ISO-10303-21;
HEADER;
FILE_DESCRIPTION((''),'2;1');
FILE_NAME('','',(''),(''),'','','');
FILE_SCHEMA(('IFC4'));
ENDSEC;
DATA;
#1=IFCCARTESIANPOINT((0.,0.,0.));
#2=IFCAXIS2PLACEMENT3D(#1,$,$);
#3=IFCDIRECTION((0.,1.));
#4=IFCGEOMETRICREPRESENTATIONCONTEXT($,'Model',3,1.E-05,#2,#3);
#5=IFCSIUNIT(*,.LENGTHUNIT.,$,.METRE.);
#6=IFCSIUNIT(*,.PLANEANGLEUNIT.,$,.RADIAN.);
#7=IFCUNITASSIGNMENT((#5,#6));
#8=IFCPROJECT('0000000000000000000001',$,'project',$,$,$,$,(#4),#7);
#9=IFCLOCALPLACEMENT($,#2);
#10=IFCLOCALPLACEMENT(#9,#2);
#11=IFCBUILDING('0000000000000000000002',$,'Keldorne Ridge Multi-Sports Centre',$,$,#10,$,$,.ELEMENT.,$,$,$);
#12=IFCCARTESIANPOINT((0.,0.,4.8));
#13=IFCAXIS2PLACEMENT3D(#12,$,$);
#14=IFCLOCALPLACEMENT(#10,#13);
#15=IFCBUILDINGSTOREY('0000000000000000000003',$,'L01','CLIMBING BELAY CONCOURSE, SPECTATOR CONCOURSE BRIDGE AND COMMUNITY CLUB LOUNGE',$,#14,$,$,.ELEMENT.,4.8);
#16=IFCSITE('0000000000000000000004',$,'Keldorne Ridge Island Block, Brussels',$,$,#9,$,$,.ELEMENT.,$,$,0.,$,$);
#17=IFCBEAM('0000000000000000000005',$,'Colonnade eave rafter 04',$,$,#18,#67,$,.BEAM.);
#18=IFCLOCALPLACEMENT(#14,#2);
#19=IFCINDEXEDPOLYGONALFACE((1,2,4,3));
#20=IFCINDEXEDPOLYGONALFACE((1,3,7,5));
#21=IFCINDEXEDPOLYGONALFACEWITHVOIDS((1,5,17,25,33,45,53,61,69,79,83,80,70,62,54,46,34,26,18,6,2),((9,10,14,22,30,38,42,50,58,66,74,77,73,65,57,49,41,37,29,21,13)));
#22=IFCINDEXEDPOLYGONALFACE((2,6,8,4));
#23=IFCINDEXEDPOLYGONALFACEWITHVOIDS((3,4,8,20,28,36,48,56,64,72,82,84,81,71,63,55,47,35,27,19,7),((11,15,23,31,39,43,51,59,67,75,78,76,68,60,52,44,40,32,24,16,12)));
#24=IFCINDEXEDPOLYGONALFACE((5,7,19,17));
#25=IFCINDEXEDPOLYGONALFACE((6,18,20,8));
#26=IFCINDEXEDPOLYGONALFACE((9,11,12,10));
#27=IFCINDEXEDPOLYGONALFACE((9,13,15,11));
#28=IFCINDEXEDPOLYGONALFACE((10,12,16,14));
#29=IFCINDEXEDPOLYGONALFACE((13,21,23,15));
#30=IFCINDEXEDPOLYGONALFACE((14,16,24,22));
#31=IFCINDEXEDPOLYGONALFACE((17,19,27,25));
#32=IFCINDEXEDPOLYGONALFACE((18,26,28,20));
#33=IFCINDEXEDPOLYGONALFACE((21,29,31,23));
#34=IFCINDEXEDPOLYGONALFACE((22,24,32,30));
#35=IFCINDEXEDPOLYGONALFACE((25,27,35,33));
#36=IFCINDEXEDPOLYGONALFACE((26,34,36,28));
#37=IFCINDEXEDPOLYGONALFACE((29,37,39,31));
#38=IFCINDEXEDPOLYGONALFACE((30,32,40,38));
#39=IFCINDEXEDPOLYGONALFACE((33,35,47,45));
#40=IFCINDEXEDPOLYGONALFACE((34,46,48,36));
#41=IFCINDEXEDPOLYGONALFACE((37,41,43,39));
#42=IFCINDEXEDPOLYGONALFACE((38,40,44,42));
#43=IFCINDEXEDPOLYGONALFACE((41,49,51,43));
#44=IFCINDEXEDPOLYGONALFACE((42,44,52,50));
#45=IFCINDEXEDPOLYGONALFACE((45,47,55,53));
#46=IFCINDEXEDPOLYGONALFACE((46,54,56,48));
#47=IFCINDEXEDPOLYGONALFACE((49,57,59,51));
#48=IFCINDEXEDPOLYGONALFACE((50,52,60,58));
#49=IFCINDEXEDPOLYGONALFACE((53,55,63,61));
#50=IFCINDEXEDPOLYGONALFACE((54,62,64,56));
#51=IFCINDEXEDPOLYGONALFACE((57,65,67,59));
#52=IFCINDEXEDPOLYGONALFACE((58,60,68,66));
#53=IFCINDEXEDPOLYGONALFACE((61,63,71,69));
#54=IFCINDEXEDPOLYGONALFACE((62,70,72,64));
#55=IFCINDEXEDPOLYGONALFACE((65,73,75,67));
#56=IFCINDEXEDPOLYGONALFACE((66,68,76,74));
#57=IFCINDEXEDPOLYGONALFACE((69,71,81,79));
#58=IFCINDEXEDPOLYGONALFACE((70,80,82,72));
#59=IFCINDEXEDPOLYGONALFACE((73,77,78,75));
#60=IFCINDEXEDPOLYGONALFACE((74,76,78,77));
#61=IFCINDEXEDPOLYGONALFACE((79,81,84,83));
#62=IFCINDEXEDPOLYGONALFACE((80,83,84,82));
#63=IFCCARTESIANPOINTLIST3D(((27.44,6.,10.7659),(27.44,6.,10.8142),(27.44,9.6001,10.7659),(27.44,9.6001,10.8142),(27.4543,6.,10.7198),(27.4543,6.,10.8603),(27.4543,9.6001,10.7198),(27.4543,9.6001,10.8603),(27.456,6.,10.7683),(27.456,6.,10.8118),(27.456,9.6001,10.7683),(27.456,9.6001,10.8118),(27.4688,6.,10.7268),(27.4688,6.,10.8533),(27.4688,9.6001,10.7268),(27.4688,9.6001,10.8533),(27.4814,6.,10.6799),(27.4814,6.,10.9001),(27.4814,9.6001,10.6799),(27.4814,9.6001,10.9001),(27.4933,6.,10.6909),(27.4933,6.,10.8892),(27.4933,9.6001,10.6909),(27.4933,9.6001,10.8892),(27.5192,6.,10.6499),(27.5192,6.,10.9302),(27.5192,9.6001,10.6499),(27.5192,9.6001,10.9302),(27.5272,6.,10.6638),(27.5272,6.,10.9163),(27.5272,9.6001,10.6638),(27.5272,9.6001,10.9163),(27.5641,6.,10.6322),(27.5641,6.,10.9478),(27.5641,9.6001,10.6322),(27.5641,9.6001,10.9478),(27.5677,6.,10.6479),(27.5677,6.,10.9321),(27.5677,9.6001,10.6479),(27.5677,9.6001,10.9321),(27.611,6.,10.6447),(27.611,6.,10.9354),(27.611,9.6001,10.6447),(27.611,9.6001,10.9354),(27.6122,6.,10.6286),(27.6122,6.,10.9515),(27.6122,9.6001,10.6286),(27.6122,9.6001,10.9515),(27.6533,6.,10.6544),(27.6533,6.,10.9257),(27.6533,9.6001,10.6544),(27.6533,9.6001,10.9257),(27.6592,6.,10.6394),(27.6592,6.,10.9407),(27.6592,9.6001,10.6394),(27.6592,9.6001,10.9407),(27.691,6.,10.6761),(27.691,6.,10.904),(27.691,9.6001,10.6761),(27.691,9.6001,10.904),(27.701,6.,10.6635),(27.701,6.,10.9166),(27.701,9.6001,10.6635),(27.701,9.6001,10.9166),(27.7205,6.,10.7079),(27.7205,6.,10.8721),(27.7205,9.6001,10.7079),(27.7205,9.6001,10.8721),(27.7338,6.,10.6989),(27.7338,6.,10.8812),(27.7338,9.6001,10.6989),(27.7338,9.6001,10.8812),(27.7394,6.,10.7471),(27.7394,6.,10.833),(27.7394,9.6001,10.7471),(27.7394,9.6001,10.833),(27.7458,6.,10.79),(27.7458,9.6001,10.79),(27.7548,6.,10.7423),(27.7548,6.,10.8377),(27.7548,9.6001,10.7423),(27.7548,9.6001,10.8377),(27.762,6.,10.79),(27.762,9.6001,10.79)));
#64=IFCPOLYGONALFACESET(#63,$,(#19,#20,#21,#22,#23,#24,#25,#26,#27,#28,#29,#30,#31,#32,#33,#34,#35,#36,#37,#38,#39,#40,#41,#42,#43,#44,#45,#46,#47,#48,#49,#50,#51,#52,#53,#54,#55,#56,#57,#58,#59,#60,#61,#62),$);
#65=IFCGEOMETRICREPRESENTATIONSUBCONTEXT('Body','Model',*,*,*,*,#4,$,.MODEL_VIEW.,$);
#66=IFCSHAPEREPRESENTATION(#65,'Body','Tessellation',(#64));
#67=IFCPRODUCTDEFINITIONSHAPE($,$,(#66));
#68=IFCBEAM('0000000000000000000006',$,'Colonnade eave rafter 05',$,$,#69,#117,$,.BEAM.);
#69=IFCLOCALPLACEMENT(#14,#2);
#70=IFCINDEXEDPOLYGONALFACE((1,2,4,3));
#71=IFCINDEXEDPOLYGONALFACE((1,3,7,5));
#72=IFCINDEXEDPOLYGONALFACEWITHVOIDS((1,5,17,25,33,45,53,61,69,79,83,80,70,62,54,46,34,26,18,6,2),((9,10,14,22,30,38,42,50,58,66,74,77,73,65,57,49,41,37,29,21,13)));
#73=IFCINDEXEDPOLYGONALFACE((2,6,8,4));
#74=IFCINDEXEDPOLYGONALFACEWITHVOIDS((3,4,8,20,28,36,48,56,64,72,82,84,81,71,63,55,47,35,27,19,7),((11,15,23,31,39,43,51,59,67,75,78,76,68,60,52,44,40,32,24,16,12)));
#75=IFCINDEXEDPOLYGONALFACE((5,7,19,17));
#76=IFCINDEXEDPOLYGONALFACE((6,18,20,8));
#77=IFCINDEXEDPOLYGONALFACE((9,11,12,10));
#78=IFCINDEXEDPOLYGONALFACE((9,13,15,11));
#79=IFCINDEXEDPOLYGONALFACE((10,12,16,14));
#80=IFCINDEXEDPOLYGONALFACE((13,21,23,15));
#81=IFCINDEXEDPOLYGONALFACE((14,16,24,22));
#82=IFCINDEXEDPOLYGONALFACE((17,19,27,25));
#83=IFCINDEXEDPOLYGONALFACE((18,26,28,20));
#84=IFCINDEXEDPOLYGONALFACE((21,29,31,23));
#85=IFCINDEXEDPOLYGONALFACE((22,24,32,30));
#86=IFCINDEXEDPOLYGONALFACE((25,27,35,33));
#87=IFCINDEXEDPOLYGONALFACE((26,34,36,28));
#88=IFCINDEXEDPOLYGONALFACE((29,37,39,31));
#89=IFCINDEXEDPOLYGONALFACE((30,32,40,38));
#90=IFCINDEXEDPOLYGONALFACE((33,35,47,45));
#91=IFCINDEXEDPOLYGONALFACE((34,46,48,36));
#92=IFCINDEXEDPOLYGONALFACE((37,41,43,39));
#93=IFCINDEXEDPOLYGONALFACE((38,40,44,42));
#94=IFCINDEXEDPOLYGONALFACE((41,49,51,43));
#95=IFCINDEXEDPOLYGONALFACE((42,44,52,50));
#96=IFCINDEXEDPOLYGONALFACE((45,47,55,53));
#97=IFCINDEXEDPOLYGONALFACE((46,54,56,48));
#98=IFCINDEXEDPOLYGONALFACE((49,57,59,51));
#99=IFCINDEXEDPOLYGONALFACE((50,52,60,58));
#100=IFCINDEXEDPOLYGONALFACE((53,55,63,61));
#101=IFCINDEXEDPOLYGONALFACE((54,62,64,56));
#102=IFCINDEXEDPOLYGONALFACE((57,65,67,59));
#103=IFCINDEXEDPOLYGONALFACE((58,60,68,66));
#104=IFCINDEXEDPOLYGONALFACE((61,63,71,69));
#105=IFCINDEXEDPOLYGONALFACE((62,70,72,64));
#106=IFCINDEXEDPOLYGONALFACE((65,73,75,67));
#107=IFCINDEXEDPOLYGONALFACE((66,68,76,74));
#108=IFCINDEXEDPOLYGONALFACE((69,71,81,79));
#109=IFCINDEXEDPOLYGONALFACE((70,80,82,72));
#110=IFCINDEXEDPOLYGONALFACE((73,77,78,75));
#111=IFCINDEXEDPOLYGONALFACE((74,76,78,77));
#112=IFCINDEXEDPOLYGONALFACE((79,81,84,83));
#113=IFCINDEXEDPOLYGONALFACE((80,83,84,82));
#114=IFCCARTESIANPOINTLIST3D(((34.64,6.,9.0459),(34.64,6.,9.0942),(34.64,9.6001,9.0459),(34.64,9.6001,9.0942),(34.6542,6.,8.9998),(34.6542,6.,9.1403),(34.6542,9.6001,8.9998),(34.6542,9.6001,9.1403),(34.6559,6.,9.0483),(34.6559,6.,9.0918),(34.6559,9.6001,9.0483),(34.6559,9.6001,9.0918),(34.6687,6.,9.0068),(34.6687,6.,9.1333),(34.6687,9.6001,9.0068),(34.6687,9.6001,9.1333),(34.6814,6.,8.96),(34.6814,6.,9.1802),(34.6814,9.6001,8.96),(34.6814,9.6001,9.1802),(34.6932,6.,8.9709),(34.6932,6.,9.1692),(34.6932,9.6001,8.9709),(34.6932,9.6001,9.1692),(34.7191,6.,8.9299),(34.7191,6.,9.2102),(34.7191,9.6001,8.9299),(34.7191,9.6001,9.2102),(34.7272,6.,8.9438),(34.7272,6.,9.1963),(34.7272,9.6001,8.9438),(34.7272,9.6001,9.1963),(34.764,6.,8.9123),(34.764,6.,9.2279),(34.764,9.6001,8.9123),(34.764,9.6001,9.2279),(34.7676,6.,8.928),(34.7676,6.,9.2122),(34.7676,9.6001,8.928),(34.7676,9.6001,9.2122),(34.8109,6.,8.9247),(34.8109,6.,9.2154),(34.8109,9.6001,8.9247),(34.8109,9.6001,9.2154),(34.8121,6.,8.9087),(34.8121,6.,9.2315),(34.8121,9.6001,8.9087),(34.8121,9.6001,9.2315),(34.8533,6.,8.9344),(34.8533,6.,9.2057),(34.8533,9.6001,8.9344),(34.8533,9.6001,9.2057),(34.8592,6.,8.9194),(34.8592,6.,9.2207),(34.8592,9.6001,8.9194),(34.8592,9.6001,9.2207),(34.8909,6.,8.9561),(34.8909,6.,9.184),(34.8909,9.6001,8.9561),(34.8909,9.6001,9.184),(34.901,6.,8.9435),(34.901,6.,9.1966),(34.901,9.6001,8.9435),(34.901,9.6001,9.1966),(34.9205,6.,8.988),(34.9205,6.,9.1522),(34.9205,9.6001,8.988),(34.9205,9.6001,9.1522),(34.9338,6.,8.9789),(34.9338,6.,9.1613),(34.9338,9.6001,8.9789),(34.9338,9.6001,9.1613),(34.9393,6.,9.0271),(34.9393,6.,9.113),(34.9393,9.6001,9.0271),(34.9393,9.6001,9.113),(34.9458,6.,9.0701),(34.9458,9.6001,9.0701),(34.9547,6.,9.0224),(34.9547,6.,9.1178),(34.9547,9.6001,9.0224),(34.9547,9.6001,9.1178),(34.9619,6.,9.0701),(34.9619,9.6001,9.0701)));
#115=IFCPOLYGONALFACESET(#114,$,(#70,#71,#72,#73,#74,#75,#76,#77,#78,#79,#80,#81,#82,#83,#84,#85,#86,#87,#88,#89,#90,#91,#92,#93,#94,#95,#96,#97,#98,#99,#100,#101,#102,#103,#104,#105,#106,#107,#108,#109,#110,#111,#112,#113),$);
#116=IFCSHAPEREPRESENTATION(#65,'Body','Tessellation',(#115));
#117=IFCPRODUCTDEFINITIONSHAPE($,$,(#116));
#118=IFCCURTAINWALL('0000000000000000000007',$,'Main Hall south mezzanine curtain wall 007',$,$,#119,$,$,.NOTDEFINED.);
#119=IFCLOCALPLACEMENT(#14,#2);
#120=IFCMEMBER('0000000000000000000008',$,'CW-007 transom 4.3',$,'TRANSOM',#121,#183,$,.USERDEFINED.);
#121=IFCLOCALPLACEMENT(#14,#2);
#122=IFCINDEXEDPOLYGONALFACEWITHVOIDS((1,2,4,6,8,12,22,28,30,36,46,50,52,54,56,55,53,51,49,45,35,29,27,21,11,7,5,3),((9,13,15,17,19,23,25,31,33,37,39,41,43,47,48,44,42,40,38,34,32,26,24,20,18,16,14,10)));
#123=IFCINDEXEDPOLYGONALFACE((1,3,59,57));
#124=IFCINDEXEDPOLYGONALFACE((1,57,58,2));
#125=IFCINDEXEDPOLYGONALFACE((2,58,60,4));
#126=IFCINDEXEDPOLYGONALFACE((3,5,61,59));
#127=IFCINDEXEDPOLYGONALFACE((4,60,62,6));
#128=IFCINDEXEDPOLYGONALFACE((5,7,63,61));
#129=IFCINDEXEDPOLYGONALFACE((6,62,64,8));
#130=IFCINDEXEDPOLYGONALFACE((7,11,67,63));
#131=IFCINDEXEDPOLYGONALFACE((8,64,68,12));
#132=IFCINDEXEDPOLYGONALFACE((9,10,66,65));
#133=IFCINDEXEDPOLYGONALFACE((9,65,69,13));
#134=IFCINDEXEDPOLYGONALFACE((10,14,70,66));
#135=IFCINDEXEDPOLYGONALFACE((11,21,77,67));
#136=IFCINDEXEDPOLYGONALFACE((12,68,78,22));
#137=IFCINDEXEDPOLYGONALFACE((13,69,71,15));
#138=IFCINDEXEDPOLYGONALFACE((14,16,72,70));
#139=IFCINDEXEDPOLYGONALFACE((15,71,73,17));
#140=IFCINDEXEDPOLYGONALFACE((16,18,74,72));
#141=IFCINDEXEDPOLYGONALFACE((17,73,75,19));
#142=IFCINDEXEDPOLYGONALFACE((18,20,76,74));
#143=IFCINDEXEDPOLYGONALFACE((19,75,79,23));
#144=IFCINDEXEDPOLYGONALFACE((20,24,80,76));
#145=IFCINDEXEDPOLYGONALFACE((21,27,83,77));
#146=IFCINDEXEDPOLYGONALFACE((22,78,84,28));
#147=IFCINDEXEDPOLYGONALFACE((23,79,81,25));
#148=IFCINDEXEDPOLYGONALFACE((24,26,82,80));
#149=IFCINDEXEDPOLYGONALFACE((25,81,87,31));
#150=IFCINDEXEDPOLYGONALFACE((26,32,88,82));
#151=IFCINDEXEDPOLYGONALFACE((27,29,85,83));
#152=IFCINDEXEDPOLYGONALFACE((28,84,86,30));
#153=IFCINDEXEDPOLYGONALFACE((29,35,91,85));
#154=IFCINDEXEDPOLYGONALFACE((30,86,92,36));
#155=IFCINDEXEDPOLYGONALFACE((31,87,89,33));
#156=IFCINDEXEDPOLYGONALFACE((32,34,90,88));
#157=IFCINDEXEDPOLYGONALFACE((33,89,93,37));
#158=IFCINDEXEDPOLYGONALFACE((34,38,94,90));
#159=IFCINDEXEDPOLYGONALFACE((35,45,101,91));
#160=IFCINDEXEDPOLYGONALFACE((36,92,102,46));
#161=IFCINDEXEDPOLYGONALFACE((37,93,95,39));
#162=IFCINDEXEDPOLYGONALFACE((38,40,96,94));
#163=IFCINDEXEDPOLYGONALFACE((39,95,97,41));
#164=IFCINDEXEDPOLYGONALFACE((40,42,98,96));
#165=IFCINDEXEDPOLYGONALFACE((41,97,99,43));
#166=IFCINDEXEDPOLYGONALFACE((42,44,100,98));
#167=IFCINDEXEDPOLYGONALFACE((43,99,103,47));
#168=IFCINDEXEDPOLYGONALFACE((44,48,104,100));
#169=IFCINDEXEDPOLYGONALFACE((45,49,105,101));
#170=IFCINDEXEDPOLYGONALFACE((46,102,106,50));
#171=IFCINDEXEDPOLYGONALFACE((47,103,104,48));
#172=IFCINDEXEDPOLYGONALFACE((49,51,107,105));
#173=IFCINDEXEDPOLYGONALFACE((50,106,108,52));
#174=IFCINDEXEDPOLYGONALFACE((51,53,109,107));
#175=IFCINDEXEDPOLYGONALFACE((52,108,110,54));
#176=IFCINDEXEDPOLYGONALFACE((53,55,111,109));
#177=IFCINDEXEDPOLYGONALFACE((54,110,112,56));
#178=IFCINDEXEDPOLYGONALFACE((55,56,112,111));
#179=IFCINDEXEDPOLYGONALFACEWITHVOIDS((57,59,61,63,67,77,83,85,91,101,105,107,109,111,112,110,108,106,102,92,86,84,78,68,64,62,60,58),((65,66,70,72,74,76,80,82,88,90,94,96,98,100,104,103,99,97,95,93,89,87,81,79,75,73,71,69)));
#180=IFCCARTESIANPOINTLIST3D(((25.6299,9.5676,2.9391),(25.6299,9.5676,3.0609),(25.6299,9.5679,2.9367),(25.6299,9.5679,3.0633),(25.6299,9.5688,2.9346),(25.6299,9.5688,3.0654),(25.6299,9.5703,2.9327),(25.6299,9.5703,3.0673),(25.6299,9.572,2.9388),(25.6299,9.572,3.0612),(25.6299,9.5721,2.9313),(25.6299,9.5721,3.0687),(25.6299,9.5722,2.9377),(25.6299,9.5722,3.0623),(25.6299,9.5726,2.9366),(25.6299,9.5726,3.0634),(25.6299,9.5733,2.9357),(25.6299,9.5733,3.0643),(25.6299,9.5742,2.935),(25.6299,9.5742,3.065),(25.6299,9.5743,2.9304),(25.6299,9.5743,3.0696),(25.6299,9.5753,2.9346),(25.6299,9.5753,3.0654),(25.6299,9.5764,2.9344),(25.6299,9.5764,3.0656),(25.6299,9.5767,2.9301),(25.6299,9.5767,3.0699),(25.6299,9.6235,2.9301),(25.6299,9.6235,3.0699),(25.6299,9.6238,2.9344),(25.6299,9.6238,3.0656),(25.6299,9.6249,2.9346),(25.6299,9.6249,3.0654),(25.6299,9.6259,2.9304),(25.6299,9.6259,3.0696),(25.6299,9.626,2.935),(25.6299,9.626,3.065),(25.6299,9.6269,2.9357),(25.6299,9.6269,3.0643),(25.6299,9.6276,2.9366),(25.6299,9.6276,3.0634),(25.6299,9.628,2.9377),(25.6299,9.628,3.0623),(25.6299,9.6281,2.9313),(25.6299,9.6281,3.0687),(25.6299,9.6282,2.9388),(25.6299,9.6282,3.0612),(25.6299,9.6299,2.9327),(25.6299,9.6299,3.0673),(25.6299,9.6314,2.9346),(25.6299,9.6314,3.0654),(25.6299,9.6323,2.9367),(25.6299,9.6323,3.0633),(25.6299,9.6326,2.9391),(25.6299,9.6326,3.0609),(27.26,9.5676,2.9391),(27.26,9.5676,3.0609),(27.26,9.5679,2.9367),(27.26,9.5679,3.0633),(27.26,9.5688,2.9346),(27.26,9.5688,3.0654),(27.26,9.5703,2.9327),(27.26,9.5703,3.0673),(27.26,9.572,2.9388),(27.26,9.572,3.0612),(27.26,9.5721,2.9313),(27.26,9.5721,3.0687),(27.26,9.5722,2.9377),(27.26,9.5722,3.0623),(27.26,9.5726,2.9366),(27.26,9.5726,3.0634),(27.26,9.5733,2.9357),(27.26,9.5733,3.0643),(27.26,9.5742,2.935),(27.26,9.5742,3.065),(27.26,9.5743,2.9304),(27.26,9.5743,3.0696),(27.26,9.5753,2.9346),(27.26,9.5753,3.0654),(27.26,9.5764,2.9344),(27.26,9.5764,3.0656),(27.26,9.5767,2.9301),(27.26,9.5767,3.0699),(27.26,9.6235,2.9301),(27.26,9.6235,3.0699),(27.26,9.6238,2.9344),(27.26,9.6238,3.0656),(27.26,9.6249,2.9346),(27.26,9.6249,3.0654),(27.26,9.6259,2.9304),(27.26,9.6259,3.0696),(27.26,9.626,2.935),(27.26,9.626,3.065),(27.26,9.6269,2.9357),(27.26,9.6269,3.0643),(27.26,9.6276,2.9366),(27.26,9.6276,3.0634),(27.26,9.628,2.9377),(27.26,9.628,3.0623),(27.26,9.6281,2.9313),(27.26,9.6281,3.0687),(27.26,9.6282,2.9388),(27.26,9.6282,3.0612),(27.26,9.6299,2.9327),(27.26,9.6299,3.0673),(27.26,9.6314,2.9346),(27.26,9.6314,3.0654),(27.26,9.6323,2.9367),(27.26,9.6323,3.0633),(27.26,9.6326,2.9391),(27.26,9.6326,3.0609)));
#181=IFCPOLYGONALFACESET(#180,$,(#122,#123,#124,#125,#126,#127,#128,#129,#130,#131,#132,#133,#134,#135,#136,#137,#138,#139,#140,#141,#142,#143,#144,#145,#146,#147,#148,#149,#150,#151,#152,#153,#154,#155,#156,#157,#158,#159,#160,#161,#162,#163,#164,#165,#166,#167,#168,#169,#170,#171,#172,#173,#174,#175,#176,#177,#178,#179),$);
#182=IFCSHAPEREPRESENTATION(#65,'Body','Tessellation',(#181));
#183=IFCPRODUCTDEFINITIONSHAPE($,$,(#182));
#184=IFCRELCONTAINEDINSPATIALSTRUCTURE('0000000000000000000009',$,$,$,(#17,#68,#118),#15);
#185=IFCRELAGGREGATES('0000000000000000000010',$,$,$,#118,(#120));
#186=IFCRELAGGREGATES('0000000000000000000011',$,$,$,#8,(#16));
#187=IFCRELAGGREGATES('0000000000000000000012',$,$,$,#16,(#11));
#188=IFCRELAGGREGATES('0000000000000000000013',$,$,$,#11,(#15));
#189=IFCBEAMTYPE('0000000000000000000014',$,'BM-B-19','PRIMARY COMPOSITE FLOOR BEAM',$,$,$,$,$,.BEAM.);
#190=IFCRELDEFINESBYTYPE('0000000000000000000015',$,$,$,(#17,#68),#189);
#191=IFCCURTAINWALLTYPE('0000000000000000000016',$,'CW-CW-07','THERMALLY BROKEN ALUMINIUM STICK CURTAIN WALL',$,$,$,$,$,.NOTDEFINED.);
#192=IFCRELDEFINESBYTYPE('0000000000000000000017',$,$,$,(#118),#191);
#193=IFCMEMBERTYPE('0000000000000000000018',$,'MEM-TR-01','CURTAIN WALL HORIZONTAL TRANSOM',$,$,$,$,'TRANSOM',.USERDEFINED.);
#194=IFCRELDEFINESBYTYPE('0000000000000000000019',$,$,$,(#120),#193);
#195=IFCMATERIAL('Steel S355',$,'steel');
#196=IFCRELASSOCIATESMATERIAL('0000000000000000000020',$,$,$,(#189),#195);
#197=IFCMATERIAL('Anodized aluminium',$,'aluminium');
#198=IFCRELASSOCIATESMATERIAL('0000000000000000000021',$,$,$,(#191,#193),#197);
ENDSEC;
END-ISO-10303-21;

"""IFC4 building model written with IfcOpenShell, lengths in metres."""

from ifc_helpers import new_model, si_unit, direction, frame, origin, origin_2d, place, context, subcontext, project, spatial, hollow_rectangle, hollow_circle, extrude, material, material_profile, profile_set, type_object, element, aggregate, save


model = new_model("IFC4")

# Units and contexts
model_context = context("Model", 3, precision=1e-05, world=origin(), true_north=direction((0.0, 1.0)))
body_context = subcontext(model_context, "Body", "Model", "MODEL_VIEW")
ifc_project = project(units=[si_unit("LENGTHUNIT", "METRE"), si_unit("PLANEANGLEUNIT", "RADIAN")], contexts=[model_context])

# Site, building, storey
site_placement = place(None, origin())
site = spatial("IfcSite", under=ifc_project, at=site_placement, Name="Keldorne Ridge Island Block, Brussels", CompositionType="ELEMENT", RefElevation=0.0)
building_placement = place(site_placement, origin())
building = spatial("IfcBuilding", under=site, at=building_placement, Name="Keldorne Ridge Multi-Sports Centre", CompositionType="ELEMENT")
storey_placement = place(building_placement, frame((0.0, 0.0, 4.8)))
storey = spatial("IfcBuildingStorey", under=building, at=storey_placement, Name="L01", Description="CLIMBING BELAY CONCOURSE, SPECTATOR CONCOURSE BRIDGE AND COMMUNITY CLUB LOUNGE", CompositionType="ELEMENT", Elevation=4.8)

# Beams
ifc_material_1 = material(Name="Steel S355", Category="steel")
ifc_material_profile_1 = material_profile(ifc_material_1, hollow_circle(Radius=0.1619, WallThickness=0.0161, at=origin_2d()), Name="CHS 323.9x16")
ifc_profile_set_1 = profile_set([ifc_material_profile_1], Name="Steel S355")
beam_type = type_object("IfcBeamType", Name="BM-B-19", Description="PRIMARY COMPOSITE FLOOR BEAM", PredefinedType="BEAM", material=ifc_profile_set_1)
for number, where, z_axis, x_axis, name in (
    (1, (27.6001, 9.6001, 10.79), (0.0, -1.0, 0.0), (1.0, 0.0, 0.0), "Colonnade eave rafter 04"),
    (2, (34.8, 9.6001, 9.0701), (0.0, -1.0, 0.0), (1.0, 0.0, 0.0), "Colonnade eave rafter 05"),
):
    element("IfcBeam", number, at=place(storey_placement, frame(where, z_axis=z_axis, x_axis=x_axis)), inside=storey, type_object=beam_type, Name=name, PredefinedType="BEAM", context=body_context, shape_type="SweptSolid", body=[
        extrude(hollow_circle(Radius=0.1619, WallThickness=0.0161, at=origin_2d()), origin(), (0.0, 0.0, 1.0), 3.6001),
    ])

# Curtain wall, member
ifc_material_2 = material(Name="Anodized aluminium", Category="aluminium")
curtain_wall_type_1 = type_object("IfcCurtainWallType", Name="CW-CW-07", Description="THERMALLY BROKEN ALUMINIUM STICK CURTAIN WALL", PredefinedType="NOTDEFINED", material=ifc_material_2)
curtain_wall_1_placement = place(storey_placement, origin())
curtain_wall_1 = element("IfcCurtainWall", 3, at=curtain_wall_1_placement, inside=storey, type_object=curtain_wall_type_1, Name="Main Hall south mezzanine curtain wall 007", PredefinedType="NOTDEFINED")
ifc_material_profile_2 = material_profile(ifc_material_2, hollow_rectangle(XDim=0.0649, YDim=0.1399, WallThickness=0.0044, InnerFilletRadius=0.0044, OuterFilletRadius=0.009, at=origin_2d()), Name="ALU TRANSOM 140x65x4.5")
ifc_profile_set_2 = profile_set([ifc_material_profile_2], Name="Anodized aluminium")
member_type = type_object("IfcMemberType", Name="MEM-TR-01", Description="CURTAIN WALL HORIZONTAL TRANSOM", ElementType="TRANSOM", PredefinedType="USERDEFINED", material=ifc_profile_set_2)
member_1_placement = place(storey_placement, frame((25.6299, 9.6001, 3.0), z_axis=(1.0, 0.0, 0.0), x_axis=(0.0, 1.0, 0.0)))
member_1 = element("IfcMember", 4, at=member_1_placement, type_object=member_type, Name="CW-007 transom 4.3", ObjectType="TRANSOM", PredefinedType="USERDEFINED", context=body_context, shape_type="SweptSolid", body=[
    extrude(hollow_rectangle(XDim=0.0649, YDim=0.1399, WallThickness=0.0044, InnerFilletRadius=0.0044, OuterFilletRadius=0.009, at=origin_2d()), origin(), (0.0, 0.0, 1.0), 1.6301),
])

aggregate(curtain_wall_1, [member_1])

save(model, "model.ifc")
